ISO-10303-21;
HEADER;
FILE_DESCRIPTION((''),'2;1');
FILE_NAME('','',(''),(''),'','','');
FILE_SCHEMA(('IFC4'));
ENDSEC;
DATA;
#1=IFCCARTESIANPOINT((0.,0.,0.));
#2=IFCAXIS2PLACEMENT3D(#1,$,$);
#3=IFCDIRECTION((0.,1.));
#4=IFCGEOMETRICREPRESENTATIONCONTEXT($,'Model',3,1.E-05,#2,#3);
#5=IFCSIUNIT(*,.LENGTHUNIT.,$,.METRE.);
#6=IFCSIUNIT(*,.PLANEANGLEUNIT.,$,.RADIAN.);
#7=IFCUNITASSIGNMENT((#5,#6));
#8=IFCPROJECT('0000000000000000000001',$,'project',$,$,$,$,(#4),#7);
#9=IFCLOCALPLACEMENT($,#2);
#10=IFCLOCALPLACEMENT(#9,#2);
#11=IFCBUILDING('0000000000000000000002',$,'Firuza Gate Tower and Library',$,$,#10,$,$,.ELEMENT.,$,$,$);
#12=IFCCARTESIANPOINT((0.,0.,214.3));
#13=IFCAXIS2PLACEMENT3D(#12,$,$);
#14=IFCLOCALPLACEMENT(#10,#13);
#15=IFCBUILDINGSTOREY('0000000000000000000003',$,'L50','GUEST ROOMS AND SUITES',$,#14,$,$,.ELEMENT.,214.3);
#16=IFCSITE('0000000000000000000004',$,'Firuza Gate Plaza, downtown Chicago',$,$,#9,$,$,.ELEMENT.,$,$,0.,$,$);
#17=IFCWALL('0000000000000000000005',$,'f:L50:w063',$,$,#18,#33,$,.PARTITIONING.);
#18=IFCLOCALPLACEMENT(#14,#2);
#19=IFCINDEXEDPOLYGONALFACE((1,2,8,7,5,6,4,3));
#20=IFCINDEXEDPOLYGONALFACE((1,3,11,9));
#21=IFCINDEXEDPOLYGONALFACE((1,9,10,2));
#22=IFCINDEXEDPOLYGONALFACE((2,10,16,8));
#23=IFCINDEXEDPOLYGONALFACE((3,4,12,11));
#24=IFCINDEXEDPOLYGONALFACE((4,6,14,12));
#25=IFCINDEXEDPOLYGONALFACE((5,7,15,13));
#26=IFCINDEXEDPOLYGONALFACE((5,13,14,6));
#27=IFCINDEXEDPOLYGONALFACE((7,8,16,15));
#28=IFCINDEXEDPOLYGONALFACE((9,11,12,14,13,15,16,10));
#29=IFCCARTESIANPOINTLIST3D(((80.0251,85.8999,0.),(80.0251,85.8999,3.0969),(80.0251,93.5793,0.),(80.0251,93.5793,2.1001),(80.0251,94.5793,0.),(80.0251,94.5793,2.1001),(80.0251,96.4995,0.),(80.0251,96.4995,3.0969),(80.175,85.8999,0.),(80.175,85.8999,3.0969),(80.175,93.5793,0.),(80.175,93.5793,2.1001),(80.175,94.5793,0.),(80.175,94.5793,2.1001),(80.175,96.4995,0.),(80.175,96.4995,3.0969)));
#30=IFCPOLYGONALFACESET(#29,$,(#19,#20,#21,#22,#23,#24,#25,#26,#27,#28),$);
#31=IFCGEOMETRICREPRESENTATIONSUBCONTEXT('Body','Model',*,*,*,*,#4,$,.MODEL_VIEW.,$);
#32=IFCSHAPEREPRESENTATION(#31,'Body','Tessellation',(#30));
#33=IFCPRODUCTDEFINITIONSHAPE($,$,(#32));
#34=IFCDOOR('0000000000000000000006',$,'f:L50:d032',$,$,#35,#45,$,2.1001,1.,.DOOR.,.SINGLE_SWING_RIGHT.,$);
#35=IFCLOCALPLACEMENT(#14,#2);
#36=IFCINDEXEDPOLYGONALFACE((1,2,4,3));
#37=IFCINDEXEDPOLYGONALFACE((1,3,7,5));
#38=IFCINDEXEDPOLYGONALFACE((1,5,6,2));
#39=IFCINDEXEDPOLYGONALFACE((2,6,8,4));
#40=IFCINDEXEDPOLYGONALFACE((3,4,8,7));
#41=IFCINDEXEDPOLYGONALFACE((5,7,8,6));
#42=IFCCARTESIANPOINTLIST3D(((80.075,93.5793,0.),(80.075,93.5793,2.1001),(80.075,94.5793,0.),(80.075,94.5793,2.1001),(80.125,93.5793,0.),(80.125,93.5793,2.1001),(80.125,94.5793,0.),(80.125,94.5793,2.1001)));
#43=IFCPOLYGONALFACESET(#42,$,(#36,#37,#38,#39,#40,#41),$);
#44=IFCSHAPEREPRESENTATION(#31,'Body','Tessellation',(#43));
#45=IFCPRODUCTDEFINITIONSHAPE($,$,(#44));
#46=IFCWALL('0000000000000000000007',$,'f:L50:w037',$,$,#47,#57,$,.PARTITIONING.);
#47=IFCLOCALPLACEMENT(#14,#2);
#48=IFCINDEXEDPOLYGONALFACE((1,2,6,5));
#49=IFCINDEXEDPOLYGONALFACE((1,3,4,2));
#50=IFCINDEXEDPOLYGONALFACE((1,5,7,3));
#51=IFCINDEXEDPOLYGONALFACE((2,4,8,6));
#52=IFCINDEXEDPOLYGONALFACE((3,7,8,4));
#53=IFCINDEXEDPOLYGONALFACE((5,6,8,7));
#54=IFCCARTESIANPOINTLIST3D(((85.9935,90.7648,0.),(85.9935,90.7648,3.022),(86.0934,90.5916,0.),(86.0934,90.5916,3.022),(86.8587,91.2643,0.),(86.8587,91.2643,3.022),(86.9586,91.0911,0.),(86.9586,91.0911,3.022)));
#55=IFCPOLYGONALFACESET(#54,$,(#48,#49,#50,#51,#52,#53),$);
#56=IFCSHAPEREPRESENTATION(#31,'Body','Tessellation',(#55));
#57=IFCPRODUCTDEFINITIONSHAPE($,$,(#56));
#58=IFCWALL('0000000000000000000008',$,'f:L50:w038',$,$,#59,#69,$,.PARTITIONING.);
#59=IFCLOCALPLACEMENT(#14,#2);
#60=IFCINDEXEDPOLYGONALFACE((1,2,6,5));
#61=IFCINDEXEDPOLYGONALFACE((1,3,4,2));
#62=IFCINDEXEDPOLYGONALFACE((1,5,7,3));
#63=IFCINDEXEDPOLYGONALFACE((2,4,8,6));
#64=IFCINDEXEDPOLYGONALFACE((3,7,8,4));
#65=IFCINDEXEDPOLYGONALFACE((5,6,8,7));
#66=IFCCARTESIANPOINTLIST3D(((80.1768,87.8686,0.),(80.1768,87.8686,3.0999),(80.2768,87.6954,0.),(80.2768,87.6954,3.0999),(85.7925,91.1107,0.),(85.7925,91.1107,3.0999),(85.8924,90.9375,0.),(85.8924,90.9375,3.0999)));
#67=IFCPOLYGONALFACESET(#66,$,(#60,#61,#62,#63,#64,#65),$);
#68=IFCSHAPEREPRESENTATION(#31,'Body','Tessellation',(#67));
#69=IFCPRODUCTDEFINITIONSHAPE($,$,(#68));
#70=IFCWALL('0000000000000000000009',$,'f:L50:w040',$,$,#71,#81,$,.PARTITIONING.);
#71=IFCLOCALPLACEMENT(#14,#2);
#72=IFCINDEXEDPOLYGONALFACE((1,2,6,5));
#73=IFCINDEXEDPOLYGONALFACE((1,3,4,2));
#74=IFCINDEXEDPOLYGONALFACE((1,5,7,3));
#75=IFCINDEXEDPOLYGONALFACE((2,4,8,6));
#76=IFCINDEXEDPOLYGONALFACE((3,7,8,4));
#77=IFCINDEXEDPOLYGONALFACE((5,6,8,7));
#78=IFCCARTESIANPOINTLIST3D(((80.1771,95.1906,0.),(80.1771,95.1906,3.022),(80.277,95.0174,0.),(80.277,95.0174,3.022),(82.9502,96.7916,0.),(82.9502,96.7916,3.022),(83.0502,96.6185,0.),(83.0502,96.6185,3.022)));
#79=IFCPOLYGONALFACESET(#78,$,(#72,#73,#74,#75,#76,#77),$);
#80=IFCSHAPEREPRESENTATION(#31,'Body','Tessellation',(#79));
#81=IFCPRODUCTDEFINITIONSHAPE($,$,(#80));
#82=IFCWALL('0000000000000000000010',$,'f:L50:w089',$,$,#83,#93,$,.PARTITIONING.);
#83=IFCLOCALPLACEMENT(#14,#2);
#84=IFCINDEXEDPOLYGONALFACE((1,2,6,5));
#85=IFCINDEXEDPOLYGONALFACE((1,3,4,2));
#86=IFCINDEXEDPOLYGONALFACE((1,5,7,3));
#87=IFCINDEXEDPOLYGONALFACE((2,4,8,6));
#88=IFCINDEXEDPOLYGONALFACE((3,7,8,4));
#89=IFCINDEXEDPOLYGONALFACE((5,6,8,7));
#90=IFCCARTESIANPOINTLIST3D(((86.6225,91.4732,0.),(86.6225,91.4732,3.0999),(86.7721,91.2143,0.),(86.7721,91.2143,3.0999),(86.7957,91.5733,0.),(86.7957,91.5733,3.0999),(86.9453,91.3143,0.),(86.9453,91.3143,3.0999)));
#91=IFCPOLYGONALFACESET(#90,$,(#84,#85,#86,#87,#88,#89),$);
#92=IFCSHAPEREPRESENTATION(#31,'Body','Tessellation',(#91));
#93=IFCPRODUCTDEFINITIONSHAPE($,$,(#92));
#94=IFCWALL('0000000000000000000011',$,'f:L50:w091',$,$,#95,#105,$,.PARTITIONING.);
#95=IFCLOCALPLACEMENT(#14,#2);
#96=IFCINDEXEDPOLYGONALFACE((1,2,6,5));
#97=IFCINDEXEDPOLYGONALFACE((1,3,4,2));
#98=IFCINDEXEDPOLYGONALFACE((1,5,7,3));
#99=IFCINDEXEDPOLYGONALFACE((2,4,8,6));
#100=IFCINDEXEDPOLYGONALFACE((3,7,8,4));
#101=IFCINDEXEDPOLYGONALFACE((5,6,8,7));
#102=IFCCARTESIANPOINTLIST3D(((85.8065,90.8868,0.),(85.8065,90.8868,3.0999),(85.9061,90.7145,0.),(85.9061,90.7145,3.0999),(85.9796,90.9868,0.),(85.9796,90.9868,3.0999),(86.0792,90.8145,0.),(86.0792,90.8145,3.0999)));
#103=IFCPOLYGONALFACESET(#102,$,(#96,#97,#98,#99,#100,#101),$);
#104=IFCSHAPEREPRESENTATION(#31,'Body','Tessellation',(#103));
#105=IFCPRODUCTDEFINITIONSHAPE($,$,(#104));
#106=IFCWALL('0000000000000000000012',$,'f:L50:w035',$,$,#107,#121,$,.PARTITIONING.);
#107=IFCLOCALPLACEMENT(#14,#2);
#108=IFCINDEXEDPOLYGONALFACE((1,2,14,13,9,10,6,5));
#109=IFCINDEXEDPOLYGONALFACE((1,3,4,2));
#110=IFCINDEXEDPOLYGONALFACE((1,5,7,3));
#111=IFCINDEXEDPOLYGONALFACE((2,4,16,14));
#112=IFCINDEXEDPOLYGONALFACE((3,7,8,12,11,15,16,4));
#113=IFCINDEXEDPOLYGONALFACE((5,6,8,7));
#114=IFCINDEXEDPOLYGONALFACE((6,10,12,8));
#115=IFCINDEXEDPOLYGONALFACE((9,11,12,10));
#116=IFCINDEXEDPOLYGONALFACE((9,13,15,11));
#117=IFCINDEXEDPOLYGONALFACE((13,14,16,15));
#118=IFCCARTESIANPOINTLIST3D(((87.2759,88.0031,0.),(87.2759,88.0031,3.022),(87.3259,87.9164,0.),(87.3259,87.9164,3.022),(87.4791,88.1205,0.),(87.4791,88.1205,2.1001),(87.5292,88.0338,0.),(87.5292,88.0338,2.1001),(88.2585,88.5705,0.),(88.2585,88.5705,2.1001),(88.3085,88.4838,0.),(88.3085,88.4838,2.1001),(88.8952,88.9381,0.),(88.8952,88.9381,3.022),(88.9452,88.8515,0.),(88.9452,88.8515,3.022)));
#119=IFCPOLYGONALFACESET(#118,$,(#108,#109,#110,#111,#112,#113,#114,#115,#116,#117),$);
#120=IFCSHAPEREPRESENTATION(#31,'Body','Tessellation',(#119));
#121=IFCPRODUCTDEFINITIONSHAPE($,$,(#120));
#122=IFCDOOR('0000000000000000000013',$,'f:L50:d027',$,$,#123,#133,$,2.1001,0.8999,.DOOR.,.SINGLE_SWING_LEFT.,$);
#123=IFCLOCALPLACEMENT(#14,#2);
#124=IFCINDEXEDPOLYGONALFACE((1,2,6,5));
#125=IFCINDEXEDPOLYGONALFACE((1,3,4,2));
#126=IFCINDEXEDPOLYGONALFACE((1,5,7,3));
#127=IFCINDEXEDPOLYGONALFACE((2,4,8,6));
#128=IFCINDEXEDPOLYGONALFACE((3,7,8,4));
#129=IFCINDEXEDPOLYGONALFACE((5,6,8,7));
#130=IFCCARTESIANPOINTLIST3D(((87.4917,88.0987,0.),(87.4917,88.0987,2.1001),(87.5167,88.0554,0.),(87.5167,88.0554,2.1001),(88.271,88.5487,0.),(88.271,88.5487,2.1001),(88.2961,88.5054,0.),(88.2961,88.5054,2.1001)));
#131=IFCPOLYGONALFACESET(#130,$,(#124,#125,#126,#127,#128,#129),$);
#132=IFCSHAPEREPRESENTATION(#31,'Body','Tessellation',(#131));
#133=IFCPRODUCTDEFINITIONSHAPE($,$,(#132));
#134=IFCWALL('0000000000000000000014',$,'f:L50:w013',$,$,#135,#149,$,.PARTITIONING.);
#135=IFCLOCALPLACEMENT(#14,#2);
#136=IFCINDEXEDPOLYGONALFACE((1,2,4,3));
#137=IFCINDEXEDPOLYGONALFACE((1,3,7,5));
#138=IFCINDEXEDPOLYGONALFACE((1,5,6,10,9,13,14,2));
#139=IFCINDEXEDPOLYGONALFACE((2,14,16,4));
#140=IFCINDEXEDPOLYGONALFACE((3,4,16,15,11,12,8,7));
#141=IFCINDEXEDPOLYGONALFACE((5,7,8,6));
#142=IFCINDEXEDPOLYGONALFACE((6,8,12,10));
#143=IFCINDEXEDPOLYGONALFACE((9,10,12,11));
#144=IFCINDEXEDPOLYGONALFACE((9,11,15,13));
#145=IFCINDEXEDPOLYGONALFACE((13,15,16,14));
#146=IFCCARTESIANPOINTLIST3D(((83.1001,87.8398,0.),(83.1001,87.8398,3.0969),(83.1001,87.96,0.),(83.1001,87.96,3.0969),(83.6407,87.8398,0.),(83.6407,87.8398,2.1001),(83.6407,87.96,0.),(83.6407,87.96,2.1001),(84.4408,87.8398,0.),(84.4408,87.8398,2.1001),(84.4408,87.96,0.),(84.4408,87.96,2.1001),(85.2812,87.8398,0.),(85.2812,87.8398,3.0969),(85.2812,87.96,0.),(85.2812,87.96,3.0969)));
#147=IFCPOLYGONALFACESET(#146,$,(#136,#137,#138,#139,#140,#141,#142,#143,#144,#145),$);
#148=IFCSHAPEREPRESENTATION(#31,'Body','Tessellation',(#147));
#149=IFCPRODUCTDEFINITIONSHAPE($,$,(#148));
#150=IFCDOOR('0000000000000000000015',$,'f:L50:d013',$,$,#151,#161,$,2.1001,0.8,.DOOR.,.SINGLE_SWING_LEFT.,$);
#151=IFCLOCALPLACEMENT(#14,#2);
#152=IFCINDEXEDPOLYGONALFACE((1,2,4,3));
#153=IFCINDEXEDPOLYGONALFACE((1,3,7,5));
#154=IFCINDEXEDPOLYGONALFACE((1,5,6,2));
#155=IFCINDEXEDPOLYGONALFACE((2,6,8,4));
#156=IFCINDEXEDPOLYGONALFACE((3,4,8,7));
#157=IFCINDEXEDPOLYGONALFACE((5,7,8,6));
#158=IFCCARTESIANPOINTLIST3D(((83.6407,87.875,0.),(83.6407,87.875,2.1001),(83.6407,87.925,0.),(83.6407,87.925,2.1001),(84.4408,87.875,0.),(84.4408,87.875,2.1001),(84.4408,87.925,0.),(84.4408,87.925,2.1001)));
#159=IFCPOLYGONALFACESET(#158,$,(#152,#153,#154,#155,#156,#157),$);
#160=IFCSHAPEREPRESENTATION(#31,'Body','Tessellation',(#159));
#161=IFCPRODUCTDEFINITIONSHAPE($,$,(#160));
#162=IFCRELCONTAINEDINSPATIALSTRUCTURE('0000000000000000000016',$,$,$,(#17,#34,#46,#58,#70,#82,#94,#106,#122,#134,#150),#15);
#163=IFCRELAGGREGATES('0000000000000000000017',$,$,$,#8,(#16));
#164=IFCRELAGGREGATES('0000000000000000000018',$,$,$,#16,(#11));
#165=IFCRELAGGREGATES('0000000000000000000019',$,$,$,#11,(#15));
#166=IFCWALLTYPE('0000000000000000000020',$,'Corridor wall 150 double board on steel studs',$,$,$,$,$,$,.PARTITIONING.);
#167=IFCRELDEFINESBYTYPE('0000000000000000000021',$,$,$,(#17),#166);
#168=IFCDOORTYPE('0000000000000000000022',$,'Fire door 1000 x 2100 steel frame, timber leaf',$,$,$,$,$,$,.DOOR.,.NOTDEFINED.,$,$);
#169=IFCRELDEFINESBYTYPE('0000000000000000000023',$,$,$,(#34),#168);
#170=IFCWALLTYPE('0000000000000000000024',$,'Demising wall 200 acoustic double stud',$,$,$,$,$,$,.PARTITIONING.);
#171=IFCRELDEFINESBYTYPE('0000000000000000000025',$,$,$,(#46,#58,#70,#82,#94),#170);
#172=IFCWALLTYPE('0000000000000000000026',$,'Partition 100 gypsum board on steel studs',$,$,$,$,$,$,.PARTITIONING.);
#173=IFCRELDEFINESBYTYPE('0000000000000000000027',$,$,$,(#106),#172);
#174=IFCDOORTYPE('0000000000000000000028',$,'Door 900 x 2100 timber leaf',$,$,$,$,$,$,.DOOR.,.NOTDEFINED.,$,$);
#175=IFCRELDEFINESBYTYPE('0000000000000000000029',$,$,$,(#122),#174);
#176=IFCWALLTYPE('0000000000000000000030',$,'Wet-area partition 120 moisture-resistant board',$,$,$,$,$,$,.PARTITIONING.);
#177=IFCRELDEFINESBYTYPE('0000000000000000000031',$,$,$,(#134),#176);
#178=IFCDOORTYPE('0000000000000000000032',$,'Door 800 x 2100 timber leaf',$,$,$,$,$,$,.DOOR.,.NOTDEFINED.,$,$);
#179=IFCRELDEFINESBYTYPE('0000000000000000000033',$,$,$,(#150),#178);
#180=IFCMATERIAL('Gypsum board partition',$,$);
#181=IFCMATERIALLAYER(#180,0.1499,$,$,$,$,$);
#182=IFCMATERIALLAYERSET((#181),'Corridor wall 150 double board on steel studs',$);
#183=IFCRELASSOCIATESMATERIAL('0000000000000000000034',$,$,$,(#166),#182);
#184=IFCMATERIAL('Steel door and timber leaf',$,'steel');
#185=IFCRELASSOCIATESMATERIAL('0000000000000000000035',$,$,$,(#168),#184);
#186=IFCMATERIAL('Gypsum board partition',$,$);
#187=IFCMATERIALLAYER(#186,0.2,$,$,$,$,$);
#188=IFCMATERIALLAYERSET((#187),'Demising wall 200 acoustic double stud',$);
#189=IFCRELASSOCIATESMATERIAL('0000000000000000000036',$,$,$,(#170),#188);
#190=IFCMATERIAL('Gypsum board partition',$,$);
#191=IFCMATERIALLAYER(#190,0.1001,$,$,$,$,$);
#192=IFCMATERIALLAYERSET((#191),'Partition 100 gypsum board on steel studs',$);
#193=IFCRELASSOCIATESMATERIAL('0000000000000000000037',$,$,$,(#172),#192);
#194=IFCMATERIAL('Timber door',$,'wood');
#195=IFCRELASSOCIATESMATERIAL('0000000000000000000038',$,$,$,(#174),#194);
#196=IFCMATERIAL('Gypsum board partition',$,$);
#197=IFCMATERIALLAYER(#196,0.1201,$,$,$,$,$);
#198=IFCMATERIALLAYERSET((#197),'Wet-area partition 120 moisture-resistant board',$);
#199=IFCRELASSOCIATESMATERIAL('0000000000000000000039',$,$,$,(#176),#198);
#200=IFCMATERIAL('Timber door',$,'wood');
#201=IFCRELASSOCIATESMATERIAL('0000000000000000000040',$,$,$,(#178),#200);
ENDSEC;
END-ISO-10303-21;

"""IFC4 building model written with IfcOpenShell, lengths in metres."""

from ifc_helpers import new_model, si_unit, direction, frame, frame_2d, origin, place, context, subcontext, project, spatial, rectangle, extrude, material, layer, layer_set, type_object, element, fill, save


model = new_model("IFC4")

# Units and contexts
model_context = context("Model", 3, precision=1e-05, world=origin(), true_north=direction((0.0, 1.0)))
body_context = subcontext(model_context, "Body", "Model", "MODEL_VIEW")
ifc_project = project(units=[si_unit("LENGTHUNIT", "METRE"), si_unit("PLANEANGLEUNIT", "RADIAN")], contexts=[model_context])

# Site, building, storey
site_placement = place(None, origin())
site = spatial("IfcSite", under=ifc_project, at=site_placement, Name="Firuza Gate Plaza, downtown Chicago", CompositionType="ELEMENT", RefElevation=0.0)
building_placement = place(site_placement, origin())
building = spatial("IfcBuilding", under=site, at=building_placement, Name="Firuza Gate Tower and Library", CompositionType="ELEMENT")
storey_placement = place(building_placement, frame((0.0, 0.0, 214.3)))
storey = spatial("IfcBuildingStorey", under=building, at=storey_placement, Name="L50", Description="GUEST ROOMS AND SUITES", CompositionType="ELEMENT", Elevation=214.3)

# Wall, opening, door
ifc_material_1 = material(Name="Gypsum board partition")
ifc_layer_1 = layer(ifc_material_1, 0.1499)
ifc_layer_set_1 = layer_set([ifc_layer_1], Name="Corridor wall 150 double board on steel studs")
wall_type_1 = type_object("IfcWallType", Name="Corridor wall 150 double board on steel studs", PredefinedType="PARTITIONING", material=ifc_layer_set_1)
wall_1_placement = place(storey_placement, frame((80.1001, 96.4995, 0.0), z_axis=(0.0, 0.0, 1.0), x_axis=(0.0, -1.0, 0.0)))
wall_1 = element("IfcWall", 1, at=wall_1_placement, inside=storey, type_object=wall_type_1, Name="f:L50:w063", PredefinedType="PARTITIONING", context=body_context, shape_type="SweptSolid", body=[
    extrude(rectangle(XDim=10.5996, YDim=0.1499, at=frame_2d((5.2998, 0.0))), origin(), (0.0, 0.0, 1.0), 3.0969),
])
opening_1_placement = place(wall_1_placement, frame((1.9202, 0.0, 0.0)))
opening_1 = element("IfcOpeningElement", 2, at=opening_1_placement, cuts=wall_1, PredefinedType="OPENING", context=body_context, shape_type="SweptSolid", body=[
    extrude(rectangle(XDim=1.0, YDim=2.1001, at=frame_2d((0.5, 1.05))), frame((0.0, 0.085, 0.0), z_axis=(0.0, -1.0, 0.0), x_axis=(1.0, 0.0, 0.0)), (0.0, 0.0, 1.0), 0.1699),
])
ifc_material_2 = material(Name="Steel door and timber leaf", Category="steel")
door_type_1 = type_object("IfcDoorType", Name="Fire door 1000 x 2100 steel frame, timber leaf", OperationType="NOTDEFINED", PredefinedType="DOOR", material=ifc_material_2)
door_1_placement = place(opening_1_placement, origin())
door_1 = element("IfcDoor", 3, at=door_1_placement, inside=storey, type_object=door_type_1, Name="f:L50:d032", OperationType="SINGLE_SWING_RIGHT", OverallHeight=2.1001, OverallWidth=1.0, PredefinedType="DOOR", context=body_context, shape_type="SweptSolid", body=[
    extrude(rectangle(XDim=1.0, YDim=2.1001, at=frame_2d((0.5, 1.05))), frame((0.0, 0.0249, 0.0), z_axis=(0.0, -1.0, 0.0), x_axis=(1.0, 0.0, 0.0)), (0.0, 0.0, 1.0), 0.05),
])
fill(opening_1, door_1)

# Walls
ifc_material_3 = material(Name="Gypsum board partition")
ifc_layer_2 = layer(ifc_material_3, 0.2)
ifc_layer_set_2 = layer_set([ifc_layer_2], Name="Demising wall 200 acoustic double stud")
wall_type_2 = type_object("IfcWallType", Name="Demising wall 200 acoustic double stud", PredefinedType="PARTITIONING", material=ifc_layer_set_2)
wall_2_placement = place(storey_placement, frame((86.0435, 90.6782, 0.0), z_axis=(0.0, 0.0, 1.0), x_axis=(0.866039, 0.499976, 0.0)))
element("IfcWall", 4, at=wall_2_placement, inside=storey, type_object=wall_type_2, Name="f:L50:w037", PredefinedType="PARTITIONING", context=body_context, shape_type="SweptSolid", body=[
    extrude(rectangle(XDim=0.999, YDim=0.2, at=frame_2d((0.4995, 0.0))), origin(), (0.0, 0.0, 1.0), 3.022),
])
wall_3_placement = place(storey_placement, frame((80.2268, 87.782, 0.0), z_axis=(0.0, 0.0, 1.0), x_axis=(0.866029, 0.499994, 0.0)))
element("IfcWall", 5, at=wall_3_placement, inside=storey, type_object=wall_type_2, Name="f:L50:w038", PredefinedType="PARTITIONING", context=body_context, shape_type="SweptSolid", body=[
    extrude(rectangle(XDim=6.4844, YDim=0.2, at=frame_2d((3.2422, 0.0))), origin(), (0.0, 0.0, 1.0), 3.0999),
])
wall_4_placement = place(storey_placement, frame((80.2271, 95.104, 0.0), z_axis=(0.0, 0.0, 1.0), x_axis=(0.866029, 0.499993, 0.0)))
element("IfcWall", 6, at=wall_4_placement, inside=storey, type_object=wall_type_2, Name="f:L50:w040", PredefinedType="PARTITIONING", context=body_context, shape_type="SweptSolid", body=[
    extrude(rectangle(XDim=3.2021, YDim=0.2, at=frame_2d((1.6011, 0.0))), origin(), (0.0, 0.0, 1.0), 3.022),
])
wall_5_placement = place(storey_placement, frame((86.8586, 91.2644, 0.0), z_axis=(0.0, 0.0, 1.0), x_axis=(-0.500264, 0.865873, 0.0)))
element("IfcWall", 7, at=wall_5_placement, inside=storey, type_object=wall_type_2, Name="f:L50:w089", PredefinedType="PARTITIONING", context=body_context, shape_type="SweptSolid", body=[
    extrude(rectangle(XDim=0.2991, YDim=0.2, at=frame_2d((0.1494, 0.0))), origin(), (0.0, 0.0, 1.0), 3.0999),
])
wall_6_placement = place(storey_placement, frame((85.9927, 90.7644, 0.0), z_axis=(0.0, 0.0, 1.0), x_axis=(-0.500359, 0.865818, 0.0)))
element("IfcWall", 8, at=wall_6_placement, inside=storey, type_object=wall_type_2, Name="f:L50:w091", PredefinedType="PARTITIONING", context=body_context, shape_type="SweptSolid", body=[
    extrude(rectangle(XDim=0.199, YDim=0.2, at=frame_2d((0.0996, 0.0))), origin(), (0.0, 0.0, 1.0), 3.0999),
])

# Walls, openings, doors
ifc_material_4 = material(Name="Gypsum board partition")
ifc_layer_3 = layer(ifc_material_4, 0.1001)
ifc_layer_set_3 = layer_set([ifc_layer_3], Name="Partition 100 gypsum board on steel studs")
wall_type_3 = type_object("IfcWallType", Name="Partition 100 gypsum board on steel studs", PredefinedType="PARTITIONING", material=ifc_layer_set_3)
wall_7_placement = place(storey_placement, frame((87.3008, 87.9597, 0.0), z_axis=(0.0, 0.0, 1.0), x_axis=(0.866001, 0.500043, 0.0)))
wall_7 = element("IfcWall", 9, at=wall_7_placement, inside=storey, type_object=wall_type_3, Name="f:L50:w035", PredefinedType="PARTITIONING", context=body_context, shape_type="SweptSolid", body=[
    extrude(rectangle(XDim=1.8699, YDim=0.1001, at=frame_2d((0.9351, 0.0))), origin(), (0.0, 0.0, 1.0), 3.022),
])
opening_2_placement = place(wall_7_placement, frame((0.2349, 0.0, 0.0)))
opening_2 = element("IfcOpeningElement", 10, at=opening_2_placement, cuts=wall_7, PredefinedType="OPENING", context=body_context, shape_type="SweptSolid", body=[
    extrude(rectangle(XDim=0.8999, YDim=2.1001, at=frame_2d((0.45, 1.05))), frame((0.0, 0.0601, 0.0), z_axis=(0.0, -1.0, 0.0), x_axis=(1.0, 0.0, 0.0)), (0.0, 0.0, 1.0), 0.1201),
])
ifc_material_5 = material(Name="Timber door", Category="wood")
door_type_2 = type_object("IfcDoorType", Name="Door 900 x 2100 timber leaf", OperationType="NOTDEFINED", PredefinedType="DOOR", material=ifc_material_5)
door_2_placement = place(opening_2_placement, origin())
door_2 = element("IfcDoor", 11, at=door_2_placement, inside=storey, type_object=door_type_2, Name="f:L50:d027", OperationType="SINGLE_SWING_LEFT", OverallHeight=2.1001, OverallWidth=0.8999, PredefinedType="DOOR", context=body_context, shape_type="SweptSolid", body=[
    extrude(rectangle(XDim=0.8999, YDim=2.1001, at=frame_2d((0.45, 1.05))), frame((0.0, 0.0249, 0.0), z_axis=(0.0, -1.0, 0.0), x_axis=(1.0, 0.0, 0.0)), (0.0, 0.0, 1.0), 0.05),
])
fill(opening_2, door_2)
ifc_material_6 = material(Name="Gypsum board partition")
ifc_layer_4 = layer(ifc_material_6, 0.1201)
ifc_layer_set_4 = layer_set([ifc_layer_4], Name="Wet-area partition 120 moisture-resistant board")
wall_type_4 = type_object("IfcWallType", Name="Wet-area partition 120 moisture-resistant board", PredefinedType="PARTITIONING", material=ifc_layer_set_4)
wall_8_placement = place(storey_placement, frame((85.2812, 87.8999, 0.0), z_axis=(0.0, 0.0, 1.0), x_axis=(-1.0, 0.0, 0.0)))
wall_8 = element("IfcWall", 12, at=wall_8_placement, inside=storey, type_object=wall_type_4, Name="f:L50:w013", PredefinedType="PARTITIONING", context=body_context, shape_type="SweptSolid", body=[
    extrude(rectangle(XDim=2.1812, YDim=0.1201, at=frame_2d((1.0906, 0.0))), origin(), (0.0, 0.0, 1.0), 3.0969),
])
opening_3_placement = place(wall_8_placement, frame((0.8406, 0.0, 0.0)))
opening_3 = element("IfcOpeningElement", 13, at=opening_3_placement, cuts=wall_8, PredefinedType="OPENING", context=body_context, shape_type="SweptSolid", body=[
    extrude(rectangle(XDim=0.8, YDim=2.1001, at=frame_2d((0.3999, 1.05))), frame((0.0, 0.0701, 0.0), z_axis=(0.0, -1.0, 0.0), x_axis=(1.0, 0.0, 0.0)), (0.0, 0.0, 1.0), 0.1401),
])
ifc_material_7 = material(Name="Timber door", Category="wood")
door_type_3 = type_object("IfcDoorType", Name="Door 800 x 2100 timber leaf", OperationType="NOTDEFINED", PredefinedType="DOOR", material=ifc_material_7)
door_3_placement = place(opening_3_placement, origin())
door_3 = element("IfcDoor", 14, at=door_3_placement, inside=storey, type_object=door_type_3, Name="f:L50:d013", OperationType="SINGLE_SWING_LEFT", OverallHeight=2.1001, OverallWidth=0.8, PredefinedType="DOOR", context=body_context, shape_type="SweptSolid", body=[
    extrude(rectangle(XDim=0.8, YDim=2.1001, at=frame_2d((0.3999, 1.05))), frame((0.0, 0.0249, 0.0), z_axis=(0.0, -1.0, 0.0), x_axis=(1.0, 0.0, 0.0)), (0.0, 0.0, 1.0), 0.05),
])
fill(opening_3, door_3)

save(model, "model.ifc")
